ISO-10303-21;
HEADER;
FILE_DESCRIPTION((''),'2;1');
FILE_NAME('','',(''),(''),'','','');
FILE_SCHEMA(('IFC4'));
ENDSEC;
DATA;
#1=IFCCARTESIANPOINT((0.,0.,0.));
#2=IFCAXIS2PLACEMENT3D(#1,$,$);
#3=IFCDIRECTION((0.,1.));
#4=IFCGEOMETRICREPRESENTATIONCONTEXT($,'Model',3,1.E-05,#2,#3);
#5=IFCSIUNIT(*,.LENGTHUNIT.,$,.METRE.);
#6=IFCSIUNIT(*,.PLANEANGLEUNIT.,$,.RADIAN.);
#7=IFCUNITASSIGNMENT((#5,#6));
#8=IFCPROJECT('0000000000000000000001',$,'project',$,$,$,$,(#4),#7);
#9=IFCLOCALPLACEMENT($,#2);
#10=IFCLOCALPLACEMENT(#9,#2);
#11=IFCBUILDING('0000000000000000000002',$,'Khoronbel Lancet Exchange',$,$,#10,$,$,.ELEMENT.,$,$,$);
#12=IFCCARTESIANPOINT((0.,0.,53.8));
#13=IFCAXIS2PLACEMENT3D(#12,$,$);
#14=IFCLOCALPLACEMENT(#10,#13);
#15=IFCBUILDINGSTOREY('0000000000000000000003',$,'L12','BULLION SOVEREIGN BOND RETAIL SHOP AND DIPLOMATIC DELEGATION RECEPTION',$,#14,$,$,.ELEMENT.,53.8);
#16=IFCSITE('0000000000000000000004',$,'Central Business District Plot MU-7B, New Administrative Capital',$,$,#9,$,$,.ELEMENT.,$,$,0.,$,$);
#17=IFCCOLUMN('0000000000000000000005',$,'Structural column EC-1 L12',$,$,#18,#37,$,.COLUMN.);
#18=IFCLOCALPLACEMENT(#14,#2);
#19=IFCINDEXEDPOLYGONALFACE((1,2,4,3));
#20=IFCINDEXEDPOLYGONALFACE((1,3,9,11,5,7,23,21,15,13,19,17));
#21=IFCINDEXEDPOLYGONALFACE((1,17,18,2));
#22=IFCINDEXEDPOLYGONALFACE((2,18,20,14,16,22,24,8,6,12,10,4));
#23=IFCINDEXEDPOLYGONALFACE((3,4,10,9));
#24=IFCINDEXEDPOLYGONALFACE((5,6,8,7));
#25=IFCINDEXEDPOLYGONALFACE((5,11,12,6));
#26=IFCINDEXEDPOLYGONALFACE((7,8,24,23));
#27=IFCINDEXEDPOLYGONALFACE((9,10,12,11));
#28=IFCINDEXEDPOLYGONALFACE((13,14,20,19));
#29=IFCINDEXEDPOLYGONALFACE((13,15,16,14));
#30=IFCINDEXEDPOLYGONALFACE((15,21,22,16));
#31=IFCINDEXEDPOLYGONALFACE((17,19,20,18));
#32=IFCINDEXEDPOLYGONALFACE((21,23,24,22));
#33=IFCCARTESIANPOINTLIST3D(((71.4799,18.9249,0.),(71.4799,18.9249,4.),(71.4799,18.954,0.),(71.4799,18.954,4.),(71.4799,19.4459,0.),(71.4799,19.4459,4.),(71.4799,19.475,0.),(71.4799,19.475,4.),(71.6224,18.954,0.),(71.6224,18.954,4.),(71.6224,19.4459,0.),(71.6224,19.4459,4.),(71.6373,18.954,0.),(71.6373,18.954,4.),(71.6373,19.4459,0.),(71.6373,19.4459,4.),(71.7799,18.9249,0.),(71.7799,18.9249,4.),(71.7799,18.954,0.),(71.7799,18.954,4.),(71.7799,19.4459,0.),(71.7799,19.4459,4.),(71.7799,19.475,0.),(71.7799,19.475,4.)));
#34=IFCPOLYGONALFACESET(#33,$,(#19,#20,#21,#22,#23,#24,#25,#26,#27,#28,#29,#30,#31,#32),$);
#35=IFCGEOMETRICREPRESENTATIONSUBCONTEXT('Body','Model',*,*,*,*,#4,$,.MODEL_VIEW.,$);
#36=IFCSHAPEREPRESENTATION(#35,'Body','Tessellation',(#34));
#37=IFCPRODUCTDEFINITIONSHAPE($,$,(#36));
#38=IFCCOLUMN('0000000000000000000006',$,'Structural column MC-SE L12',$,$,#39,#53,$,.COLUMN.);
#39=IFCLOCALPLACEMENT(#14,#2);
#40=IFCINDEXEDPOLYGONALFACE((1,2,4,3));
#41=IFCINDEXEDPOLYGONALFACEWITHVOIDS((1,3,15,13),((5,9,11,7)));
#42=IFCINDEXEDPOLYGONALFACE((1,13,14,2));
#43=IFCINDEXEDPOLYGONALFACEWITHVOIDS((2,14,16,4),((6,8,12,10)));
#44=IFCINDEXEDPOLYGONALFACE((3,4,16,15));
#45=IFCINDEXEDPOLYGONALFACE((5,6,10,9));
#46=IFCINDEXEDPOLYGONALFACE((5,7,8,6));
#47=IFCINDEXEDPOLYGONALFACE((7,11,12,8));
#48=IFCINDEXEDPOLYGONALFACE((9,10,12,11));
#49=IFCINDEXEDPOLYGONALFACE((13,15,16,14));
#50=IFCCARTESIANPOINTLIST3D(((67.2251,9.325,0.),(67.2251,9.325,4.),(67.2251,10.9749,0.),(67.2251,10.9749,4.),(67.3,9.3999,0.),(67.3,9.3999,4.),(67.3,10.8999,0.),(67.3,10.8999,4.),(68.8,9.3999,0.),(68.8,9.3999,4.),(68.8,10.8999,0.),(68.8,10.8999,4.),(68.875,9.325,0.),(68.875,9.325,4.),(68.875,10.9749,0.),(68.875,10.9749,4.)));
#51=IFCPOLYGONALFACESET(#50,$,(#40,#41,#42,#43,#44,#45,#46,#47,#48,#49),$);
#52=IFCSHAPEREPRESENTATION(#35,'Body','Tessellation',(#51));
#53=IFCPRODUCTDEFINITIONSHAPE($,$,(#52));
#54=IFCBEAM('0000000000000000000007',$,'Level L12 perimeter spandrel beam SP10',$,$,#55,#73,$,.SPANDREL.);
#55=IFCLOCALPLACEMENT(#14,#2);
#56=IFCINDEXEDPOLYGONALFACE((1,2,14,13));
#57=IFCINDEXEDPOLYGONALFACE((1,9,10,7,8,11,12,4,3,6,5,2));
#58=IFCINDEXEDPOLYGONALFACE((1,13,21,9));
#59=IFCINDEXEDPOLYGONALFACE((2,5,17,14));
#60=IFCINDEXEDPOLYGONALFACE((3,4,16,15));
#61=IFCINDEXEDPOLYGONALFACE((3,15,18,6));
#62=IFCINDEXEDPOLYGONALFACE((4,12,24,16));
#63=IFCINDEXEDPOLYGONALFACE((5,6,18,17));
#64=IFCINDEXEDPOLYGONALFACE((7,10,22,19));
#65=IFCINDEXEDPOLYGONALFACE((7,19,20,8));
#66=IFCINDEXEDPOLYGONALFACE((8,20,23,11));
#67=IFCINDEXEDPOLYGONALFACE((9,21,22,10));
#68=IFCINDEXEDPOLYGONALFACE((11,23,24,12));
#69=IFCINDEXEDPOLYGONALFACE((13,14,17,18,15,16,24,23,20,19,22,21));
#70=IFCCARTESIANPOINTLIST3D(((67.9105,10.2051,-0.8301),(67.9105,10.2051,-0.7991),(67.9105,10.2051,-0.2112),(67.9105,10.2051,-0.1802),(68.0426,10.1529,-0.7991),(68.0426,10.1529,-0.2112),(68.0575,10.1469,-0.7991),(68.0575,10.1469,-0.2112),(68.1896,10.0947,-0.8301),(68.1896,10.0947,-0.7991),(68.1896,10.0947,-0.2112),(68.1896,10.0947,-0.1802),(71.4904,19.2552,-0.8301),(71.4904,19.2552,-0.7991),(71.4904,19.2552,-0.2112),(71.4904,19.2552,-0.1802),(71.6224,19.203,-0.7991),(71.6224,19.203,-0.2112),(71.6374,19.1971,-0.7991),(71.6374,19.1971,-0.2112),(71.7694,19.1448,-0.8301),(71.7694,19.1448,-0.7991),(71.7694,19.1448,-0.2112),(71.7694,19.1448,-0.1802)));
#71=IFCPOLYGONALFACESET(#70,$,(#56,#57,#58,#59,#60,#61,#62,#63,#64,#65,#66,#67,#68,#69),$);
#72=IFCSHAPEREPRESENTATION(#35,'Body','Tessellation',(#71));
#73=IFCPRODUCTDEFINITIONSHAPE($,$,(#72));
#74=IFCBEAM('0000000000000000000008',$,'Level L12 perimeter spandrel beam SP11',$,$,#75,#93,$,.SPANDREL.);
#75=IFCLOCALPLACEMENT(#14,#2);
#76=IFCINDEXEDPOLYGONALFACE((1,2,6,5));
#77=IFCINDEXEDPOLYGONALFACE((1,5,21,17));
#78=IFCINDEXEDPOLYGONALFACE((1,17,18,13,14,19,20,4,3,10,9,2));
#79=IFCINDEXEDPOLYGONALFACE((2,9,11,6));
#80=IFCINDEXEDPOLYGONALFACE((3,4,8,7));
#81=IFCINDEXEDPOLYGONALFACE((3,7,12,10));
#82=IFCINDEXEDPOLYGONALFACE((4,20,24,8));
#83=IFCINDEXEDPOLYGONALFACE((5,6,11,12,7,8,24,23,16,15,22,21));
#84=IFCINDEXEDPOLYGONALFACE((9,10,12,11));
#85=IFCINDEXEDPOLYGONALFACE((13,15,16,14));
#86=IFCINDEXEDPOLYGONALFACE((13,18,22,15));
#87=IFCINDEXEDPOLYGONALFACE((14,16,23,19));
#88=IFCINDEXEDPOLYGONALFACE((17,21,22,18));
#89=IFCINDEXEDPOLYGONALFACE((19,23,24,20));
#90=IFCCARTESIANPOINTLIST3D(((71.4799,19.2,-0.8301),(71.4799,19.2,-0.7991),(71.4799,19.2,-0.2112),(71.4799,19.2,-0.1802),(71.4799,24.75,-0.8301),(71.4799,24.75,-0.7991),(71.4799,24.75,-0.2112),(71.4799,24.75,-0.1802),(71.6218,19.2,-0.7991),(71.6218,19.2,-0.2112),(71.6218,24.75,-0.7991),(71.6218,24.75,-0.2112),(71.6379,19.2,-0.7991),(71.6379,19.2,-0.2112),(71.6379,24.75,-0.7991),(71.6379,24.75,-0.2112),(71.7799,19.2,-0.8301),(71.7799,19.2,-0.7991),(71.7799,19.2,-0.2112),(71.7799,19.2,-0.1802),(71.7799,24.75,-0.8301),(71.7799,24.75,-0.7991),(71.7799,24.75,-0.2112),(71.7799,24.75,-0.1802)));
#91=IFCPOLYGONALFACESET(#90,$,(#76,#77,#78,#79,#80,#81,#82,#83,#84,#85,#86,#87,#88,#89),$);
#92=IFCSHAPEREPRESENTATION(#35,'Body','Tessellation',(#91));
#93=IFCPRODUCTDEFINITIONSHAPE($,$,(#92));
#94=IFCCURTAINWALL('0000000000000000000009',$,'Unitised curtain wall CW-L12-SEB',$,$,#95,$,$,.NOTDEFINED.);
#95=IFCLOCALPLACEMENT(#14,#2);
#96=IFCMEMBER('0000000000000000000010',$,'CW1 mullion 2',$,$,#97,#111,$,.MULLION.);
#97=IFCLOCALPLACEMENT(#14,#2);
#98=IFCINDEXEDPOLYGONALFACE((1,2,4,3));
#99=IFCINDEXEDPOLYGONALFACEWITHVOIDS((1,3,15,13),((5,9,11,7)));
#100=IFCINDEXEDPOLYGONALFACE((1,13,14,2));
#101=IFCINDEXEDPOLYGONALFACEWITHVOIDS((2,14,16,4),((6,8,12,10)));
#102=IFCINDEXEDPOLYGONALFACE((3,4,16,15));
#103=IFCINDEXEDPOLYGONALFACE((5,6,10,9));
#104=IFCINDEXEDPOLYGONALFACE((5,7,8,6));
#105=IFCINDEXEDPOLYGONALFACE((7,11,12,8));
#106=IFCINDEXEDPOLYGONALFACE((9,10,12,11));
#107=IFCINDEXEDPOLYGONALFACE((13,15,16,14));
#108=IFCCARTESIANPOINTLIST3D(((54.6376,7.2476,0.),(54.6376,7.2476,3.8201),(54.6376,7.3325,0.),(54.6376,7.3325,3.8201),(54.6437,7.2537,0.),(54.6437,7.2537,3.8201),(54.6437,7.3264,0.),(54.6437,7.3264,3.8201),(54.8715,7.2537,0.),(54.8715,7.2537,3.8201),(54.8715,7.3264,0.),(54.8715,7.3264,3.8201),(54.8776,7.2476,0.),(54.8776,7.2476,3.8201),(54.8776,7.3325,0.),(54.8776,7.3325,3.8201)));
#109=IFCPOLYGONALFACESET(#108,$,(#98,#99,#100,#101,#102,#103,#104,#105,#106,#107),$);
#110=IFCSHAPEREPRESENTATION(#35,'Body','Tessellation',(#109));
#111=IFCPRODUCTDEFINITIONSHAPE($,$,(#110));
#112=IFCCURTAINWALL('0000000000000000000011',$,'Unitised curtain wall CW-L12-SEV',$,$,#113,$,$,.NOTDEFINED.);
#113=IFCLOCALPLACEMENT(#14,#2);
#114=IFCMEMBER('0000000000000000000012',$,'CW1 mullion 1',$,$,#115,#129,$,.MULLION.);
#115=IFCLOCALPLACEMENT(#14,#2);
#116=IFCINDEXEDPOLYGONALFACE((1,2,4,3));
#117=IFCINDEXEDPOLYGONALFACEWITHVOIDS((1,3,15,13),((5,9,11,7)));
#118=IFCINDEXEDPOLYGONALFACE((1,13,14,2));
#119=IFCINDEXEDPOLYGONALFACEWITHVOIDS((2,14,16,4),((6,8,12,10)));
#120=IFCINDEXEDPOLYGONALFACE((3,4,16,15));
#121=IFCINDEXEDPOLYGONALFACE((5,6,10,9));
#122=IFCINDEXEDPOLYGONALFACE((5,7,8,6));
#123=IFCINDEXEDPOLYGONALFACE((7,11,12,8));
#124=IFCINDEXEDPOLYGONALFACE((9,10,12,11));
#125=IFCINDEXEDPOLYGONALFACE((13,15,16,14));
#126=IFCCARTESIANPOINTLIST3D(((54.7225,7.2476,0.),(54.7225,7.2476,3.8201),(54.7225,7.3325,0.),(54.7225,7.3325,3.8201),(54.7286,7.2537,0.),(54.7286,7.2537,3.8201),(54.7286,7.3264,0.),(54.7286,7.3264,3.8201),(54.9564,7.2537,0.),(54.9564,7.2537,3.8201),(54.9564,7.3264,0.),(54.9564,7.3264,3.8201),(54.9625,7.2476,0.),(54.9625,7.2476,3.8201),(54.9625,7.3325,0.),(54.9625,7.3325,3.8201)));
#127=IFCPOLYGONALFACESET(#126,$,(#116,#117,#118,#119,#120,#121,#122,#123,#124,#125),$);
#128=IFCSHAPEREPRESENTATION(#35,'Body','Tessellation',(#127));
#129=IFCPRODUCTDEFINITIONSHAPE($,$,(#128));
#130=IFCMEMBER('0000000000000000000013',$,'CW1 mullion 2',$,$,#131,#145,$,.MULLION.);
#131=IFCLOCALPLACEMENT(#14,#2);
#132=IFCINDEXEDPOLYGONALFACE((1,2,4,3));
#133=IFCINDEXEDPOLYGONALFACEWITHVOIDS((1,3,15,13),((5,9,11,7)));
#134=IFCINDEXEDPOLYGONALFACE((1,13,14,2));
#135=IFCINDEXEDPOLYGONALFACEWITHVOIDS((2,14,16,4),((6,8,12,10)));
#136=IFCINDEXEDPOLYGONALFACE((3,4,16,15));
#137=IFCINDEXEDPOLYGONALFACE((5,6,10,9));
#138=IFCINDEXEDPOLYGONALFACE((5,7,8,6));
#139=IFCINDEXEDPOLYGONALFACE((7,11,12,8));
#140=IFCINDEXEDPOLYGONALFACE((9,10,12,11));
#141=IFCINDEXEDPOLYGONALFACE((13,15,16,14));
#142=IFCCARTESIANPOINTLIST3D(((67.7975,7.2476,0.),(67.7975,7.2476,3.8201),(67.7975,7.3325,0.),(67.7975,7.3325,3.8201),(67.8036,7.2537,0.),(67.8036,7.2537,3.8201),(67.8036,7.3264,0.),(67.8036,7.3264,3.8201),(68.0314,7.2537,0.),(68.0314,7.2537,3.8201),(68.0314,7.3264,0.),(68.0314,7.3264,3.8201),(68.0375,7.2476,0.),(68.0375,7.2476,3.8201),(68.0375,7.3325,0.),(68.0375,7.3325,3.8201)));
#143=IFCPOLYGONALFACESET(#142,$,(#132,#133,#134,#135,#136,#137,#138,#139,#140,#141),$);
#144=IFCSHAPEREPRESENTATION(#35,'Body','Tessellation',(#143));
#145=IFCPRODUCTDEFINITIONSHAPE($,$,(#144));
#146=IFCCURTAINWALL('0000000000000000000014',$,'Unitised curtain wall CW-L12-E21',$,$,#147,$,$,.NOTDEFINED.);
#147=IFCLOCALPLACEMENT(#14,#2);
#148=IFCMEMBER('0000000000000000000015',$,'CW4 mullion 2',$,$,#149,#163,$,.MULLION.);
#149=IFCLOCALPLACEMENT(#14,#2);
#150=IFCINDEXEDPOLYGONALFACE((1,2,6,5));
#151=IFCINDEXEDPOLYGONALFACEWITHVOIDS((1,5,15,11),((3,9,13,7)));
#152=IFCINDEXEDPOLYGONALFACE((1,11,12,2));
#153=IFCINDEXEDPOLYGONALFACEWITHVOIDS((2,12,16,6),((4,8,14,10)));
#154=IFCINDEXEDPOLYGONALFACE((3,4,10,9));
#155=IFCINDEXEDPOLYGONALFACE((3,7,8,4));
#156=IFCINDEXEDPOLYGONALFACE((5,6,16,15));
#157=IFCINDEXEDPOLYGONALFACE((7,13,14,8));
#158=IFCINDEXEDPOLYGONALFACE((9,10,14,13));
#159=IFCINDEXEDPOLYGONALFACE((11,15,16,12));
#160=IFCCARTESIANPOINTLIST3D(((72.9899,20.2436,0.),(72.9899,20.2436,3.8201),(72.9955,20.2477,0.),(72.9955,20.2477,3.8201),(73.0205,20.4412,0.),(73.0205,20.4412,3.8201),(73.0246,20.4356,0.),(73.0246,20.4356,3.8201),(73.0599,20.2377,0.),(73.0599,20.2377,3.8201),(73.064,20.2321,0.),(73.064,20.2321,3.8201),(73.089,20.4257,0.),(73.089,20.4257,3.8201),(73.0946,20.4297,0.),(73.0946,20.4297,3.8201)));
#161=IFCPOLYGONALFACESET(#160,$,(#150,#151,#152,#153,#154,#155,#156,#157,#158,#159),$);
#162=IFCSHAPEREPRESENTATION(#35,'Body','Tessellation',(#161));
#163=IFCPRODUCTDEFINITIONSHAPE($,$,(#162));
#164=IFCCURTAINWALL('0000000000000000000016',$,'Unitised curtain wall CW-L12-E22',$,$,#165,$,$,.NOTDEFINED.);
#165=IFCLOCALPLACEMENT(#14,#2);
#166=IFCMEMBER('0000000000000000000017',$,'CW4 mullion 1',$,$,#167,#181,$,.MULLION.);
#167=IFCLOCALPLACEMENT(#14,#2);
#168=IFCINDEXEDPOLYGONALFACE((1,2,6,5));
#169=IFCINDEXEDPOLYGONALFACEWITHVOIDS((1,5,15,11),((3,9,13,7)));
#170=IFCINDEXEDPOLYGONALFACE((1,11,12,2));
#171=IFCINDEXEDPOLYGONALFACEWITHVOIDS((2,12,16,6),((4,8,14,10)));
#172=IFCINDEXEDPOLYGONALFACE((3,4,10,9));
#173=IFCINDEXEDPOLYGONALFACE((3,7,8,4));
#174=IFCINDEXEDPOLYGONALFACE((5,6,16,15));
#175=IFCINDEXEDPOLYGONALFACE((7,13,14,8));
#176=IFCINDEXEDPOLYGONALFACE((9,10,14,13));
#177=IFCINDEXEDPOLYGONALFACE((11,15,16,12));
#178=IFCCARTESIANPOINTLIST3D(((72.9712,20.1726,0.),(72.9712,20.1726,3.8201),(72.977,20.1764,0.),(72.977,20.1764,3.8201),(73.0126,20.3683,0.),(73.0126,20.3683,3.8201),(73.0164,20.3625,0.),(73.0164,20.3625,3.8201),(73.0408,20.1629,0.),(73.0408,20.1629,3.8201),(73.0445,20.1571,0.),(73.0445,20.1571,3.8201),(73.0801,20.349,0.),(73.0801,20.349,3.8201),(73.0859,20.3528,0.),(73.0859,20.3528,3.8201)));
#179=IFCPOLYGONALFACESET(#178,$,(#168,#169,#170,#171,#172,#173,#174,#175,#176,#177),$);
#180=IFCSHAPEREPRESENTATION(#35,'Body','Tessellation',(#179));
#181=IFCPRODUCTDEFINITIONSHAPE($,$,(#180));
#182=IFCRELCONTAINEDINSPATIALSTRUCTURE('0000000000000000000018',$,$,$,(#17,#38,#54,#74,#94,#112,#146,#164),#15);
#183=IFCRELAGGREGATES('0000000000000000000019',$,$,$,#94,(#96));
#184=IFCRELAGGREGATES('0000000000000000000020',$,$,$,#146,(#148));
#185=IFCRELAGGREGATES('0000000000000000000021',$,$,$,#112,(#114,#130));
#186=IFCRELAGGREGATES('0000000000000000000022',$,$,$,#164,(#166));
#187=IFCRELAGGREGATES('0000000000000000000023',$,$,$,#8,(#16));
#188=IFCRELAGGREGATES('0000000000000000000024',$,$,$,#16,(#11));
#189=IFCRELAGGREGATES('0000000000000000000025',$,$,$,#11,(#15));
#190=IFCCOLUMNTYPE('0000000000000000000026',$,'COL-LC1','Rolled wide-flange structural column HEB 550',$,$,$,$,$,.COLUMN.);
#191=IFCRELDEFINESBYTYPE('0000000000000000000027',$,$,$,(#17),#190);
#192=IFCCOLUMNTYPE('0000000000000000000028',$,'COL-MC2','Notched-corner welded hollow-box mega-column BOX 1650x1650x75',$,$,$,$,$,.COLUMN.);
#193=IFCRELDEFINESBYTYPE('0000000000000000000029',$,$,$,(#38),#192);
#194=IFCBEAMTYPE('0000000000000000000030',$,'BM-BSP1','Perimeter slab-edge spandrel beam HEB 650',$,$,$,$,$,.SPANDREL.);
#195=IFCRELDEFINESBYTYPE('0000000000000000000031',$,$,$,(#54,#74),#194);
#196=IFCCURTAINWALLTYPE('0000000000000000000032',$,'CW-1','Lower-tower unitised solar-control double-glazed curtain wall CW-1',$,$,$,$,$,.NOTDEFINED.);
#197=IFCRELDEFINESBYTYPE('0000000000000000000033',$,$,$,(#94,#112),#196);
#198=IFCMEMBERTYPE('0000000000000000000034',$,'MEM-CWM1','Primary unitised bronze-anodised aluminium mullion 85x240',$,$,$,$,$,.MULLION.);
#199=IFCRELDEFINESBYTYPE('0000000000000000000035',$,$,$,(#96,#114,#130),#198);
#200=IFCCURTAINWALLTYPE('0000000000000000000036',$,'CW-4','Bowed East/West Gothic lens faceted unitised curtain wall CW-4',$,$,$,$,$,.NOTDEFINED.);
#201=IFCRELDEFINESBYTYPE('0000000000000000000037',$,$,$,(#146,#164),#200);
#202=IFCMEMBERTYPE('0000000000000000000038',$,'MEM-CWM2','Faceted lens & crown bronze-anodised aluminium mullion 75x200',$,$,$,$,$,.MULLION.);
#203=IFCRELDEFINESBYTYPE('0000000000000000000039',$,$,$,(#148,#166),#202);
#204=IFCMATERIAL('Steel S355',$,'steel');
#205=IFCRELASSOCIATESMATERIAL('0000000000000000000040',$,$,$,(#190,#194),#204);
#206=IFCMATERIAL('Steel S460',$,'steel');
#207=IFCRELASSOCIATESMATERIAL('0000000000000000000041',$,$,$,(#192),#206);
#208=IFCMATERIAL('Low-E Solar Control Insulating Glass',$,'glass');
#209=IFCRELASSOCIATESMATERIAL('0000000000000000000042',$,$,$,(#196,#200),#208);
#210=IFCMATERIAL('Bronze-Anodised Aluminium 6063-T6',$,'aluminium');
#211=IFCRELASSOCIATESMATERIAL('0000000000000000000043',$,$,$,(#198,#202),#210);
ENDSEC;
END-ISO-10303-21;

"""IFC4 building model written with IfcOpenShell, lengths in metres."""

from ifc_helpers import new_model, si_unit, direction, frame, origin, origin_2d, place, context, subcontext, project, spatial, hollow_rectangle, i_section, extrude, material, material_profile, profile_set, type_object, element, aggregate, save


model = new_model("IFC4")

# Units and contexts
model_context = context("Model", 3, precision=1e-05, world=origin(), true_north=direction((0.0, 1.0)))
body_context = subcontext(model_context, "Body", "Model", "MODEL_VIEW")
ifc_project = project(units=[si_unit("LENGTHUNIT", "METRE"), si_unit("PLANEANGLEUNIT", "RADIAN")], contexts=[model_context])

# Site, building, storey
site_placement = place(None, origin())
site = spatial("IfcSite", under=ifc_project, at=site_placement, Name="Central Business District Plot MU-7B, New Administrative Capital", CompositionType="ELEMENT", RefElevation=0.0)
building_placement = place(site_placement, origin())
building = spatial("IfcBuilding", under=site, at=building_placement, Name="Khoronbel Lancet Exchange", CompositionType="ELEMENT")
storey_placement = place(building_placement, frame((0.0, 0.0, 53.8)))
storey = spatial("IfcBuildingStorey", under=building, at=storey_placement, Name="L12", Description="BULLION SOVEREIGN BOND RETAIL SHOP AND DIPLOMATIC DELEGATION RECEPTION", CompositionType="ELEMENT", Elevation=53.8)

# Columns
ifc_material_1 = material(Name="Steel S355", Category="steel")
ifc_material_profile_1 = material_profile(ifc_material_1, i_section(OverallWidth=0.3, OverallDepth=0.55, WebThickness=0.0149, FlangeThickness=0.0291, at=origin_2d()), Name="HEB 550")
ifc_profile_set_1 = profile_set([ifc_material_profile_1], Name="Steel S355")
column_type_1 = type_object("IfcColumnType", Name="COL-LC1", Description="Rolled wide-flange structural column HEB 550", PredefinedType="COLUMN", material=ifc_profile_set_1)
column_1_placement = place(storey_placement, frame((71.6299, 19.2, 0.0), z_axis=(0.0, 0.0, 1.0), x_axis=(1.0, 0.0, 0.0)))
element("IfcColumn", 1, at=column_1_placement, inside=storey, type_object=column_type_1, Name="Structural column EC-1 L12", PredefinedType="COLUMN", context=body_context, shape_type="SweptSolid", body=[
    extrude(i_section(OverallWidth=0.3, OverallDepth=0.55, WebThickness=0.0149, FlangeThickness=0.0291, at=origin_2d()), origin(), (0.0, 0.0, 1.0), 4.0),
])
ifc_material_2 = material(Name="Steel S460", Category="steel")
ifc_material_profile_2 = material_profile(ifc_material_2, hollow_rectangle(XDim=1.6499, YDim=1.6499, WallThickness=0.075, at=origin_2d()), Name="BOX 1650x1650x75")
ifc_profile_set_2 = profile_set([ifc_material_profile_2], Name="Steel S460")
column_type_2 = type_object("IfcColumnType", Name="COL-MC2", Description="Notched-corner welded hollow-box mega-column BOX 1650x1650x75", PredefinedType="COLUMN", material=ifc_profile_set_2)
column_2_placement = place(storey_placement, frame((68.05, 10.1499, 0.0), z_axis=(0.0, 0.0, 1.0), x_axis=(1.0, 0.0, 0.0)))
element("IfcColumn", 2, at=column_2_placement, inside=storey, type_object=column_type_2, Name="Structural column MC-SE L12", PredefinedType="COLUMN", context=body_context, shape_type="SweptSolid", body=[
    extrude(hollow_rectangle(XDim=1.6499, YDim=1.6499, WallThickness=0.075, at=origin_2d()), origin(), (0.0, 0.0, 1.0), 4.0),
])

# Beams
ifc_material_profile_3 = material_profile(ifc_material_1, i_section(OverallWidth=0.3, OverallDepth=0.6499, WebThickness=0.0161, FlangeThickness=0.031, at=origin_2d()), Name="HEB 650")
ifc_profile_set_3 = profile_set([ifc_material_profile_3], Name="Steel S355")
beam_type = type_object("IfcBeamType", Name="BM-BSP1", Description="Perimeter slab-edge spandrel beam HEB 650", PredefinedType="SPANDREL", material=ifc_profile_set_3)
beam_1_placement = place(storey_placement, frame((68.05, 10.1499, -0.5051), z_axis=(0.367828, 0.929894, 0.0), x_axis=(-0.929894, 0.367828, 0.0)))
element("IfcBeam", 3, at=beam_1_placement, inside=storey, type_object=beam_type, Name="Level L12 perimeter spandrel beam SP10", PredefinedType="SPANDREL", context=body_context, shape_type="SweptSolid", body=[
    extrude(i_section(OverallWidth=0.3, OverallDepth=0.6499, WebThickness=0.0161, FlangeThickness=0.031, at=origin_2d()), origin(), (0.0, 0.0, 1.0), 9.7324),
])
beam_2_placement = place(storey_placement, frame((71.6299, 19.2, -0.5051), z_axis=(0.0, 1.0, 0.0), x_axis=(-1.0, 0.0, 0.0)))
element("IfcBeam", 4, at=beam_2_placement, inside=storey, type_object=beam_type, Name="Level L12 perimeter spandrel beam SP11", PredefinedType="SPANDREL", context=body_context, shape_type="SweptSolid", body=[
    extrude(i_section(OverallWidth=0.3, OverallDepth=0.6499, WebThickness=0.0161, FlangeThickness=0.031, at=origin_2d()), origin(), (0.0, 0.0, 1.0), 5.55),
])

# Curtain wall, member
ifc_material_3 = material(Name="Low-E Solar Control Insulating Glass", Category="glass")
curtain_wall_type_1 = type_object("IfcCurtainWallType", Name="CW-1", Description="Lower-tower unitised solar-control double-glazed curtain wall CW-1", PredefinedType="NOTDEFINED", material=ifc_material_3)
curtain_wall_1_placement = place(storey_placement, origin())
curtain_wall_1 = element("IfcCurtainWall", 5, at=curtain_wall_1_placement, inside=storey, type_object=curtain_wall_type_1, Name="Unitised curtain wall CW-L12-SEB", PredefinedType="NOTDEFINED")
ifc_material_4 = material(Name="Bronze-Anodised Aluminium 6063-T6", Category="aluminium")
ifc_material_profile_4 = material_profile(ifc_material_4, hollow_rectangle(XDim=0.085, YDim=0.24, WallThickness=0.0061, at=origin_2d()), Name="ALU MULLION 85x240")
ifc_profile_set_4 = profile_set([ifc_material_profile_4], Name="Bronze-Anodised Aluminium 6063-T6")
member_type_1 = type_object("IfcMemberType", Name="MEM-CWM1", Description="Primary unitised bronze-anodised aluminium mullion 85x240", PredefinedType="MULLION", material=ifc_profile_set_4)
member_1_placement = place(storey_placement, frame((54.7576, 7.29, 0.0), z_axis=(0.0, 0.0, 1.0), x_axis=(0.0, 1.0, 0.0)))
member_1 = element("IfcMember", 6, at=member_1_placement, type_object=member_type_1, Name="CW1 mullion 2", PredefinedType="MULLION", context=body_context, shape_type="SweptSolid", body=[
    extrude(hollow_rectangle(XDim=0.085, YDim=0.24, WallThickness=0.0061, at=origin_2d()), origin(), (0.0, 0.0, 1.0), 3.8201),
])
aggregate(curtain_wall_1, [member_1])

# Curtain wall, members
curtain_wall_2_placement = place(storey_placement, origin())
curtain_wall_2 = element("IfcCurtainWall", 7, at=curtain_wall_2_placement, inside=storey, type_object=curtain_wall_type_1, Name="Unitised curtain wall CW-L12-SEV", PredefinedType="NOTDEFINED")
member_2_placement = place(storey_placement, frame((54.8425, 7.29, 0.0), z_axis=(0.0, 0.0, 1.0), x_axis=(0.0, 1.0, 0.0)))
member_2 = element("IfcMember", 8, at=member_2_placement, type_object=member_type_1, Name="CW1 mullion 1", PredefinedType="MULLION", context=body_context, shape_type="SweptSolid", body=[
    extrude(hollow_rectangle(XDim=0.085, YDim=0.24, WallThickness=0.0061, at=origin_2d()), origin(), (0.0, 0.0, 1.0), 3.8201),
])
member_3_placement = place(storey_placement, frame((67.9175, 7.29, 0.0), z_axis=(0.0, 0.0, 1.0), x_axis=(0.0, 1.0, 0.0)))
member_3 = element("IfcMember", 9, at=member_3_placement, type_object=member_type_1, Name="CW1 mullion 2", PredefinedType="MULLION", context=body_context, shape_type="SweptSolid", body=[
    extrude(hollow_rectangle(XDim=0.085, YDim=0.24, WallThickness=0.0061, at=origin_2d()), origin(), (0.0, 0.0, 1.0), 3.8201),
])

# Curtain wall, member
curtain_wall_type_2 = type_object("IfcCurtainWallType", Name="CW-4", Description="Bowed East/West Gothic lens faceted unitised curtain wall CW-4", PredefinedType="NOTDEFINED", material=ifc_material_3)
curtain_wall_3_placement = place(storey_placement, origin())
curtain_wall_3 = element("IfcCurtainWall", 10, at=curtain_wall_3_placement, inside=storey, type_object=curtain_wall_type_2, Name="Unitised curtain wall CW-L12-E21", PredefinedType="NOTDEFINED")
ifc_material_profile_5 = material_profile(ifc_material_4, hollow_rectangle(XDim=0.075, YDim=0.2, WallThickness=0.0049, at=origin_2d()), Name="ALU MULLION 75x200")
ifc_profile_set_5 = profile_set([ifc_material_profile_5], Name="Bronze-Anodised Aluminium 6063-T6")
member_type_2 = type_object("IfcMemberType", Name="MEM-CWM2", Description="Faceted lens & crown bronze-anodised aluminium mullion 75x200", PredefinedType="MULLION", material=ifc_profile_set_5)
member_4_placement = place(storey_placement, frame((73.0422, 20.3367, 0.0), z_axis=(0.0, 0.0, 1.0), x_axis=(0.988226, -0.153002, 0.0)))
member_4 = element("IfcMember", 11, at=member_4_placement, type_object=member_type_2, Name="CW4 mullion 2", PredefinedType="MULLION", context=body_context, shape_type="SweptSolid", body=[
    extrude(hollow_rectangle(XDim=0.075, YDim=0.2, WallThickness=0.0049, at=origin_2d()), origin(), (0.0, 0.0, 1.0), 3.8201),
])
aggregate(curtain_wall_3, [member_4])

# Curtain wall, member
curtain_wall_4_placement = place(storey_placement, origin())
curtain_wall_4 = element("IfcCurtainWall", 12, at=curtain_wall_4_placement, inside=storey, type_object=curtain_wall_type_2, Name="Unitised curtain wall CW-L12-E22", PredefinedType="NOTDEFINED")
member_5_placement = place(storey_placement, frame((73.0286, 20.2627, 0.0), z_axis=(0.0, 0.0, 1.0), x_axis=(0.978363, -0.206894, 0.0)))
member_5 = element("IfcMember", 13, at=member_5_placement, type_object=member_type_2, Name="CW4 mullion 1", PredefinedType="MULLION", context=body_context, shape_type="SweptSolid", body=[
    extrude(hollow_rectangle(XDim=0.075, YDim=0.2, WallThickness=0.0049, at=origin_2d()), origin(), (0.0, 0.0, 1.0), 3.8201),
])

aggregate(curtain_wall_2, [member_2, member_3])
aggregate(curtain_wall_4, [member_5])

save(model, "model.ifc")
